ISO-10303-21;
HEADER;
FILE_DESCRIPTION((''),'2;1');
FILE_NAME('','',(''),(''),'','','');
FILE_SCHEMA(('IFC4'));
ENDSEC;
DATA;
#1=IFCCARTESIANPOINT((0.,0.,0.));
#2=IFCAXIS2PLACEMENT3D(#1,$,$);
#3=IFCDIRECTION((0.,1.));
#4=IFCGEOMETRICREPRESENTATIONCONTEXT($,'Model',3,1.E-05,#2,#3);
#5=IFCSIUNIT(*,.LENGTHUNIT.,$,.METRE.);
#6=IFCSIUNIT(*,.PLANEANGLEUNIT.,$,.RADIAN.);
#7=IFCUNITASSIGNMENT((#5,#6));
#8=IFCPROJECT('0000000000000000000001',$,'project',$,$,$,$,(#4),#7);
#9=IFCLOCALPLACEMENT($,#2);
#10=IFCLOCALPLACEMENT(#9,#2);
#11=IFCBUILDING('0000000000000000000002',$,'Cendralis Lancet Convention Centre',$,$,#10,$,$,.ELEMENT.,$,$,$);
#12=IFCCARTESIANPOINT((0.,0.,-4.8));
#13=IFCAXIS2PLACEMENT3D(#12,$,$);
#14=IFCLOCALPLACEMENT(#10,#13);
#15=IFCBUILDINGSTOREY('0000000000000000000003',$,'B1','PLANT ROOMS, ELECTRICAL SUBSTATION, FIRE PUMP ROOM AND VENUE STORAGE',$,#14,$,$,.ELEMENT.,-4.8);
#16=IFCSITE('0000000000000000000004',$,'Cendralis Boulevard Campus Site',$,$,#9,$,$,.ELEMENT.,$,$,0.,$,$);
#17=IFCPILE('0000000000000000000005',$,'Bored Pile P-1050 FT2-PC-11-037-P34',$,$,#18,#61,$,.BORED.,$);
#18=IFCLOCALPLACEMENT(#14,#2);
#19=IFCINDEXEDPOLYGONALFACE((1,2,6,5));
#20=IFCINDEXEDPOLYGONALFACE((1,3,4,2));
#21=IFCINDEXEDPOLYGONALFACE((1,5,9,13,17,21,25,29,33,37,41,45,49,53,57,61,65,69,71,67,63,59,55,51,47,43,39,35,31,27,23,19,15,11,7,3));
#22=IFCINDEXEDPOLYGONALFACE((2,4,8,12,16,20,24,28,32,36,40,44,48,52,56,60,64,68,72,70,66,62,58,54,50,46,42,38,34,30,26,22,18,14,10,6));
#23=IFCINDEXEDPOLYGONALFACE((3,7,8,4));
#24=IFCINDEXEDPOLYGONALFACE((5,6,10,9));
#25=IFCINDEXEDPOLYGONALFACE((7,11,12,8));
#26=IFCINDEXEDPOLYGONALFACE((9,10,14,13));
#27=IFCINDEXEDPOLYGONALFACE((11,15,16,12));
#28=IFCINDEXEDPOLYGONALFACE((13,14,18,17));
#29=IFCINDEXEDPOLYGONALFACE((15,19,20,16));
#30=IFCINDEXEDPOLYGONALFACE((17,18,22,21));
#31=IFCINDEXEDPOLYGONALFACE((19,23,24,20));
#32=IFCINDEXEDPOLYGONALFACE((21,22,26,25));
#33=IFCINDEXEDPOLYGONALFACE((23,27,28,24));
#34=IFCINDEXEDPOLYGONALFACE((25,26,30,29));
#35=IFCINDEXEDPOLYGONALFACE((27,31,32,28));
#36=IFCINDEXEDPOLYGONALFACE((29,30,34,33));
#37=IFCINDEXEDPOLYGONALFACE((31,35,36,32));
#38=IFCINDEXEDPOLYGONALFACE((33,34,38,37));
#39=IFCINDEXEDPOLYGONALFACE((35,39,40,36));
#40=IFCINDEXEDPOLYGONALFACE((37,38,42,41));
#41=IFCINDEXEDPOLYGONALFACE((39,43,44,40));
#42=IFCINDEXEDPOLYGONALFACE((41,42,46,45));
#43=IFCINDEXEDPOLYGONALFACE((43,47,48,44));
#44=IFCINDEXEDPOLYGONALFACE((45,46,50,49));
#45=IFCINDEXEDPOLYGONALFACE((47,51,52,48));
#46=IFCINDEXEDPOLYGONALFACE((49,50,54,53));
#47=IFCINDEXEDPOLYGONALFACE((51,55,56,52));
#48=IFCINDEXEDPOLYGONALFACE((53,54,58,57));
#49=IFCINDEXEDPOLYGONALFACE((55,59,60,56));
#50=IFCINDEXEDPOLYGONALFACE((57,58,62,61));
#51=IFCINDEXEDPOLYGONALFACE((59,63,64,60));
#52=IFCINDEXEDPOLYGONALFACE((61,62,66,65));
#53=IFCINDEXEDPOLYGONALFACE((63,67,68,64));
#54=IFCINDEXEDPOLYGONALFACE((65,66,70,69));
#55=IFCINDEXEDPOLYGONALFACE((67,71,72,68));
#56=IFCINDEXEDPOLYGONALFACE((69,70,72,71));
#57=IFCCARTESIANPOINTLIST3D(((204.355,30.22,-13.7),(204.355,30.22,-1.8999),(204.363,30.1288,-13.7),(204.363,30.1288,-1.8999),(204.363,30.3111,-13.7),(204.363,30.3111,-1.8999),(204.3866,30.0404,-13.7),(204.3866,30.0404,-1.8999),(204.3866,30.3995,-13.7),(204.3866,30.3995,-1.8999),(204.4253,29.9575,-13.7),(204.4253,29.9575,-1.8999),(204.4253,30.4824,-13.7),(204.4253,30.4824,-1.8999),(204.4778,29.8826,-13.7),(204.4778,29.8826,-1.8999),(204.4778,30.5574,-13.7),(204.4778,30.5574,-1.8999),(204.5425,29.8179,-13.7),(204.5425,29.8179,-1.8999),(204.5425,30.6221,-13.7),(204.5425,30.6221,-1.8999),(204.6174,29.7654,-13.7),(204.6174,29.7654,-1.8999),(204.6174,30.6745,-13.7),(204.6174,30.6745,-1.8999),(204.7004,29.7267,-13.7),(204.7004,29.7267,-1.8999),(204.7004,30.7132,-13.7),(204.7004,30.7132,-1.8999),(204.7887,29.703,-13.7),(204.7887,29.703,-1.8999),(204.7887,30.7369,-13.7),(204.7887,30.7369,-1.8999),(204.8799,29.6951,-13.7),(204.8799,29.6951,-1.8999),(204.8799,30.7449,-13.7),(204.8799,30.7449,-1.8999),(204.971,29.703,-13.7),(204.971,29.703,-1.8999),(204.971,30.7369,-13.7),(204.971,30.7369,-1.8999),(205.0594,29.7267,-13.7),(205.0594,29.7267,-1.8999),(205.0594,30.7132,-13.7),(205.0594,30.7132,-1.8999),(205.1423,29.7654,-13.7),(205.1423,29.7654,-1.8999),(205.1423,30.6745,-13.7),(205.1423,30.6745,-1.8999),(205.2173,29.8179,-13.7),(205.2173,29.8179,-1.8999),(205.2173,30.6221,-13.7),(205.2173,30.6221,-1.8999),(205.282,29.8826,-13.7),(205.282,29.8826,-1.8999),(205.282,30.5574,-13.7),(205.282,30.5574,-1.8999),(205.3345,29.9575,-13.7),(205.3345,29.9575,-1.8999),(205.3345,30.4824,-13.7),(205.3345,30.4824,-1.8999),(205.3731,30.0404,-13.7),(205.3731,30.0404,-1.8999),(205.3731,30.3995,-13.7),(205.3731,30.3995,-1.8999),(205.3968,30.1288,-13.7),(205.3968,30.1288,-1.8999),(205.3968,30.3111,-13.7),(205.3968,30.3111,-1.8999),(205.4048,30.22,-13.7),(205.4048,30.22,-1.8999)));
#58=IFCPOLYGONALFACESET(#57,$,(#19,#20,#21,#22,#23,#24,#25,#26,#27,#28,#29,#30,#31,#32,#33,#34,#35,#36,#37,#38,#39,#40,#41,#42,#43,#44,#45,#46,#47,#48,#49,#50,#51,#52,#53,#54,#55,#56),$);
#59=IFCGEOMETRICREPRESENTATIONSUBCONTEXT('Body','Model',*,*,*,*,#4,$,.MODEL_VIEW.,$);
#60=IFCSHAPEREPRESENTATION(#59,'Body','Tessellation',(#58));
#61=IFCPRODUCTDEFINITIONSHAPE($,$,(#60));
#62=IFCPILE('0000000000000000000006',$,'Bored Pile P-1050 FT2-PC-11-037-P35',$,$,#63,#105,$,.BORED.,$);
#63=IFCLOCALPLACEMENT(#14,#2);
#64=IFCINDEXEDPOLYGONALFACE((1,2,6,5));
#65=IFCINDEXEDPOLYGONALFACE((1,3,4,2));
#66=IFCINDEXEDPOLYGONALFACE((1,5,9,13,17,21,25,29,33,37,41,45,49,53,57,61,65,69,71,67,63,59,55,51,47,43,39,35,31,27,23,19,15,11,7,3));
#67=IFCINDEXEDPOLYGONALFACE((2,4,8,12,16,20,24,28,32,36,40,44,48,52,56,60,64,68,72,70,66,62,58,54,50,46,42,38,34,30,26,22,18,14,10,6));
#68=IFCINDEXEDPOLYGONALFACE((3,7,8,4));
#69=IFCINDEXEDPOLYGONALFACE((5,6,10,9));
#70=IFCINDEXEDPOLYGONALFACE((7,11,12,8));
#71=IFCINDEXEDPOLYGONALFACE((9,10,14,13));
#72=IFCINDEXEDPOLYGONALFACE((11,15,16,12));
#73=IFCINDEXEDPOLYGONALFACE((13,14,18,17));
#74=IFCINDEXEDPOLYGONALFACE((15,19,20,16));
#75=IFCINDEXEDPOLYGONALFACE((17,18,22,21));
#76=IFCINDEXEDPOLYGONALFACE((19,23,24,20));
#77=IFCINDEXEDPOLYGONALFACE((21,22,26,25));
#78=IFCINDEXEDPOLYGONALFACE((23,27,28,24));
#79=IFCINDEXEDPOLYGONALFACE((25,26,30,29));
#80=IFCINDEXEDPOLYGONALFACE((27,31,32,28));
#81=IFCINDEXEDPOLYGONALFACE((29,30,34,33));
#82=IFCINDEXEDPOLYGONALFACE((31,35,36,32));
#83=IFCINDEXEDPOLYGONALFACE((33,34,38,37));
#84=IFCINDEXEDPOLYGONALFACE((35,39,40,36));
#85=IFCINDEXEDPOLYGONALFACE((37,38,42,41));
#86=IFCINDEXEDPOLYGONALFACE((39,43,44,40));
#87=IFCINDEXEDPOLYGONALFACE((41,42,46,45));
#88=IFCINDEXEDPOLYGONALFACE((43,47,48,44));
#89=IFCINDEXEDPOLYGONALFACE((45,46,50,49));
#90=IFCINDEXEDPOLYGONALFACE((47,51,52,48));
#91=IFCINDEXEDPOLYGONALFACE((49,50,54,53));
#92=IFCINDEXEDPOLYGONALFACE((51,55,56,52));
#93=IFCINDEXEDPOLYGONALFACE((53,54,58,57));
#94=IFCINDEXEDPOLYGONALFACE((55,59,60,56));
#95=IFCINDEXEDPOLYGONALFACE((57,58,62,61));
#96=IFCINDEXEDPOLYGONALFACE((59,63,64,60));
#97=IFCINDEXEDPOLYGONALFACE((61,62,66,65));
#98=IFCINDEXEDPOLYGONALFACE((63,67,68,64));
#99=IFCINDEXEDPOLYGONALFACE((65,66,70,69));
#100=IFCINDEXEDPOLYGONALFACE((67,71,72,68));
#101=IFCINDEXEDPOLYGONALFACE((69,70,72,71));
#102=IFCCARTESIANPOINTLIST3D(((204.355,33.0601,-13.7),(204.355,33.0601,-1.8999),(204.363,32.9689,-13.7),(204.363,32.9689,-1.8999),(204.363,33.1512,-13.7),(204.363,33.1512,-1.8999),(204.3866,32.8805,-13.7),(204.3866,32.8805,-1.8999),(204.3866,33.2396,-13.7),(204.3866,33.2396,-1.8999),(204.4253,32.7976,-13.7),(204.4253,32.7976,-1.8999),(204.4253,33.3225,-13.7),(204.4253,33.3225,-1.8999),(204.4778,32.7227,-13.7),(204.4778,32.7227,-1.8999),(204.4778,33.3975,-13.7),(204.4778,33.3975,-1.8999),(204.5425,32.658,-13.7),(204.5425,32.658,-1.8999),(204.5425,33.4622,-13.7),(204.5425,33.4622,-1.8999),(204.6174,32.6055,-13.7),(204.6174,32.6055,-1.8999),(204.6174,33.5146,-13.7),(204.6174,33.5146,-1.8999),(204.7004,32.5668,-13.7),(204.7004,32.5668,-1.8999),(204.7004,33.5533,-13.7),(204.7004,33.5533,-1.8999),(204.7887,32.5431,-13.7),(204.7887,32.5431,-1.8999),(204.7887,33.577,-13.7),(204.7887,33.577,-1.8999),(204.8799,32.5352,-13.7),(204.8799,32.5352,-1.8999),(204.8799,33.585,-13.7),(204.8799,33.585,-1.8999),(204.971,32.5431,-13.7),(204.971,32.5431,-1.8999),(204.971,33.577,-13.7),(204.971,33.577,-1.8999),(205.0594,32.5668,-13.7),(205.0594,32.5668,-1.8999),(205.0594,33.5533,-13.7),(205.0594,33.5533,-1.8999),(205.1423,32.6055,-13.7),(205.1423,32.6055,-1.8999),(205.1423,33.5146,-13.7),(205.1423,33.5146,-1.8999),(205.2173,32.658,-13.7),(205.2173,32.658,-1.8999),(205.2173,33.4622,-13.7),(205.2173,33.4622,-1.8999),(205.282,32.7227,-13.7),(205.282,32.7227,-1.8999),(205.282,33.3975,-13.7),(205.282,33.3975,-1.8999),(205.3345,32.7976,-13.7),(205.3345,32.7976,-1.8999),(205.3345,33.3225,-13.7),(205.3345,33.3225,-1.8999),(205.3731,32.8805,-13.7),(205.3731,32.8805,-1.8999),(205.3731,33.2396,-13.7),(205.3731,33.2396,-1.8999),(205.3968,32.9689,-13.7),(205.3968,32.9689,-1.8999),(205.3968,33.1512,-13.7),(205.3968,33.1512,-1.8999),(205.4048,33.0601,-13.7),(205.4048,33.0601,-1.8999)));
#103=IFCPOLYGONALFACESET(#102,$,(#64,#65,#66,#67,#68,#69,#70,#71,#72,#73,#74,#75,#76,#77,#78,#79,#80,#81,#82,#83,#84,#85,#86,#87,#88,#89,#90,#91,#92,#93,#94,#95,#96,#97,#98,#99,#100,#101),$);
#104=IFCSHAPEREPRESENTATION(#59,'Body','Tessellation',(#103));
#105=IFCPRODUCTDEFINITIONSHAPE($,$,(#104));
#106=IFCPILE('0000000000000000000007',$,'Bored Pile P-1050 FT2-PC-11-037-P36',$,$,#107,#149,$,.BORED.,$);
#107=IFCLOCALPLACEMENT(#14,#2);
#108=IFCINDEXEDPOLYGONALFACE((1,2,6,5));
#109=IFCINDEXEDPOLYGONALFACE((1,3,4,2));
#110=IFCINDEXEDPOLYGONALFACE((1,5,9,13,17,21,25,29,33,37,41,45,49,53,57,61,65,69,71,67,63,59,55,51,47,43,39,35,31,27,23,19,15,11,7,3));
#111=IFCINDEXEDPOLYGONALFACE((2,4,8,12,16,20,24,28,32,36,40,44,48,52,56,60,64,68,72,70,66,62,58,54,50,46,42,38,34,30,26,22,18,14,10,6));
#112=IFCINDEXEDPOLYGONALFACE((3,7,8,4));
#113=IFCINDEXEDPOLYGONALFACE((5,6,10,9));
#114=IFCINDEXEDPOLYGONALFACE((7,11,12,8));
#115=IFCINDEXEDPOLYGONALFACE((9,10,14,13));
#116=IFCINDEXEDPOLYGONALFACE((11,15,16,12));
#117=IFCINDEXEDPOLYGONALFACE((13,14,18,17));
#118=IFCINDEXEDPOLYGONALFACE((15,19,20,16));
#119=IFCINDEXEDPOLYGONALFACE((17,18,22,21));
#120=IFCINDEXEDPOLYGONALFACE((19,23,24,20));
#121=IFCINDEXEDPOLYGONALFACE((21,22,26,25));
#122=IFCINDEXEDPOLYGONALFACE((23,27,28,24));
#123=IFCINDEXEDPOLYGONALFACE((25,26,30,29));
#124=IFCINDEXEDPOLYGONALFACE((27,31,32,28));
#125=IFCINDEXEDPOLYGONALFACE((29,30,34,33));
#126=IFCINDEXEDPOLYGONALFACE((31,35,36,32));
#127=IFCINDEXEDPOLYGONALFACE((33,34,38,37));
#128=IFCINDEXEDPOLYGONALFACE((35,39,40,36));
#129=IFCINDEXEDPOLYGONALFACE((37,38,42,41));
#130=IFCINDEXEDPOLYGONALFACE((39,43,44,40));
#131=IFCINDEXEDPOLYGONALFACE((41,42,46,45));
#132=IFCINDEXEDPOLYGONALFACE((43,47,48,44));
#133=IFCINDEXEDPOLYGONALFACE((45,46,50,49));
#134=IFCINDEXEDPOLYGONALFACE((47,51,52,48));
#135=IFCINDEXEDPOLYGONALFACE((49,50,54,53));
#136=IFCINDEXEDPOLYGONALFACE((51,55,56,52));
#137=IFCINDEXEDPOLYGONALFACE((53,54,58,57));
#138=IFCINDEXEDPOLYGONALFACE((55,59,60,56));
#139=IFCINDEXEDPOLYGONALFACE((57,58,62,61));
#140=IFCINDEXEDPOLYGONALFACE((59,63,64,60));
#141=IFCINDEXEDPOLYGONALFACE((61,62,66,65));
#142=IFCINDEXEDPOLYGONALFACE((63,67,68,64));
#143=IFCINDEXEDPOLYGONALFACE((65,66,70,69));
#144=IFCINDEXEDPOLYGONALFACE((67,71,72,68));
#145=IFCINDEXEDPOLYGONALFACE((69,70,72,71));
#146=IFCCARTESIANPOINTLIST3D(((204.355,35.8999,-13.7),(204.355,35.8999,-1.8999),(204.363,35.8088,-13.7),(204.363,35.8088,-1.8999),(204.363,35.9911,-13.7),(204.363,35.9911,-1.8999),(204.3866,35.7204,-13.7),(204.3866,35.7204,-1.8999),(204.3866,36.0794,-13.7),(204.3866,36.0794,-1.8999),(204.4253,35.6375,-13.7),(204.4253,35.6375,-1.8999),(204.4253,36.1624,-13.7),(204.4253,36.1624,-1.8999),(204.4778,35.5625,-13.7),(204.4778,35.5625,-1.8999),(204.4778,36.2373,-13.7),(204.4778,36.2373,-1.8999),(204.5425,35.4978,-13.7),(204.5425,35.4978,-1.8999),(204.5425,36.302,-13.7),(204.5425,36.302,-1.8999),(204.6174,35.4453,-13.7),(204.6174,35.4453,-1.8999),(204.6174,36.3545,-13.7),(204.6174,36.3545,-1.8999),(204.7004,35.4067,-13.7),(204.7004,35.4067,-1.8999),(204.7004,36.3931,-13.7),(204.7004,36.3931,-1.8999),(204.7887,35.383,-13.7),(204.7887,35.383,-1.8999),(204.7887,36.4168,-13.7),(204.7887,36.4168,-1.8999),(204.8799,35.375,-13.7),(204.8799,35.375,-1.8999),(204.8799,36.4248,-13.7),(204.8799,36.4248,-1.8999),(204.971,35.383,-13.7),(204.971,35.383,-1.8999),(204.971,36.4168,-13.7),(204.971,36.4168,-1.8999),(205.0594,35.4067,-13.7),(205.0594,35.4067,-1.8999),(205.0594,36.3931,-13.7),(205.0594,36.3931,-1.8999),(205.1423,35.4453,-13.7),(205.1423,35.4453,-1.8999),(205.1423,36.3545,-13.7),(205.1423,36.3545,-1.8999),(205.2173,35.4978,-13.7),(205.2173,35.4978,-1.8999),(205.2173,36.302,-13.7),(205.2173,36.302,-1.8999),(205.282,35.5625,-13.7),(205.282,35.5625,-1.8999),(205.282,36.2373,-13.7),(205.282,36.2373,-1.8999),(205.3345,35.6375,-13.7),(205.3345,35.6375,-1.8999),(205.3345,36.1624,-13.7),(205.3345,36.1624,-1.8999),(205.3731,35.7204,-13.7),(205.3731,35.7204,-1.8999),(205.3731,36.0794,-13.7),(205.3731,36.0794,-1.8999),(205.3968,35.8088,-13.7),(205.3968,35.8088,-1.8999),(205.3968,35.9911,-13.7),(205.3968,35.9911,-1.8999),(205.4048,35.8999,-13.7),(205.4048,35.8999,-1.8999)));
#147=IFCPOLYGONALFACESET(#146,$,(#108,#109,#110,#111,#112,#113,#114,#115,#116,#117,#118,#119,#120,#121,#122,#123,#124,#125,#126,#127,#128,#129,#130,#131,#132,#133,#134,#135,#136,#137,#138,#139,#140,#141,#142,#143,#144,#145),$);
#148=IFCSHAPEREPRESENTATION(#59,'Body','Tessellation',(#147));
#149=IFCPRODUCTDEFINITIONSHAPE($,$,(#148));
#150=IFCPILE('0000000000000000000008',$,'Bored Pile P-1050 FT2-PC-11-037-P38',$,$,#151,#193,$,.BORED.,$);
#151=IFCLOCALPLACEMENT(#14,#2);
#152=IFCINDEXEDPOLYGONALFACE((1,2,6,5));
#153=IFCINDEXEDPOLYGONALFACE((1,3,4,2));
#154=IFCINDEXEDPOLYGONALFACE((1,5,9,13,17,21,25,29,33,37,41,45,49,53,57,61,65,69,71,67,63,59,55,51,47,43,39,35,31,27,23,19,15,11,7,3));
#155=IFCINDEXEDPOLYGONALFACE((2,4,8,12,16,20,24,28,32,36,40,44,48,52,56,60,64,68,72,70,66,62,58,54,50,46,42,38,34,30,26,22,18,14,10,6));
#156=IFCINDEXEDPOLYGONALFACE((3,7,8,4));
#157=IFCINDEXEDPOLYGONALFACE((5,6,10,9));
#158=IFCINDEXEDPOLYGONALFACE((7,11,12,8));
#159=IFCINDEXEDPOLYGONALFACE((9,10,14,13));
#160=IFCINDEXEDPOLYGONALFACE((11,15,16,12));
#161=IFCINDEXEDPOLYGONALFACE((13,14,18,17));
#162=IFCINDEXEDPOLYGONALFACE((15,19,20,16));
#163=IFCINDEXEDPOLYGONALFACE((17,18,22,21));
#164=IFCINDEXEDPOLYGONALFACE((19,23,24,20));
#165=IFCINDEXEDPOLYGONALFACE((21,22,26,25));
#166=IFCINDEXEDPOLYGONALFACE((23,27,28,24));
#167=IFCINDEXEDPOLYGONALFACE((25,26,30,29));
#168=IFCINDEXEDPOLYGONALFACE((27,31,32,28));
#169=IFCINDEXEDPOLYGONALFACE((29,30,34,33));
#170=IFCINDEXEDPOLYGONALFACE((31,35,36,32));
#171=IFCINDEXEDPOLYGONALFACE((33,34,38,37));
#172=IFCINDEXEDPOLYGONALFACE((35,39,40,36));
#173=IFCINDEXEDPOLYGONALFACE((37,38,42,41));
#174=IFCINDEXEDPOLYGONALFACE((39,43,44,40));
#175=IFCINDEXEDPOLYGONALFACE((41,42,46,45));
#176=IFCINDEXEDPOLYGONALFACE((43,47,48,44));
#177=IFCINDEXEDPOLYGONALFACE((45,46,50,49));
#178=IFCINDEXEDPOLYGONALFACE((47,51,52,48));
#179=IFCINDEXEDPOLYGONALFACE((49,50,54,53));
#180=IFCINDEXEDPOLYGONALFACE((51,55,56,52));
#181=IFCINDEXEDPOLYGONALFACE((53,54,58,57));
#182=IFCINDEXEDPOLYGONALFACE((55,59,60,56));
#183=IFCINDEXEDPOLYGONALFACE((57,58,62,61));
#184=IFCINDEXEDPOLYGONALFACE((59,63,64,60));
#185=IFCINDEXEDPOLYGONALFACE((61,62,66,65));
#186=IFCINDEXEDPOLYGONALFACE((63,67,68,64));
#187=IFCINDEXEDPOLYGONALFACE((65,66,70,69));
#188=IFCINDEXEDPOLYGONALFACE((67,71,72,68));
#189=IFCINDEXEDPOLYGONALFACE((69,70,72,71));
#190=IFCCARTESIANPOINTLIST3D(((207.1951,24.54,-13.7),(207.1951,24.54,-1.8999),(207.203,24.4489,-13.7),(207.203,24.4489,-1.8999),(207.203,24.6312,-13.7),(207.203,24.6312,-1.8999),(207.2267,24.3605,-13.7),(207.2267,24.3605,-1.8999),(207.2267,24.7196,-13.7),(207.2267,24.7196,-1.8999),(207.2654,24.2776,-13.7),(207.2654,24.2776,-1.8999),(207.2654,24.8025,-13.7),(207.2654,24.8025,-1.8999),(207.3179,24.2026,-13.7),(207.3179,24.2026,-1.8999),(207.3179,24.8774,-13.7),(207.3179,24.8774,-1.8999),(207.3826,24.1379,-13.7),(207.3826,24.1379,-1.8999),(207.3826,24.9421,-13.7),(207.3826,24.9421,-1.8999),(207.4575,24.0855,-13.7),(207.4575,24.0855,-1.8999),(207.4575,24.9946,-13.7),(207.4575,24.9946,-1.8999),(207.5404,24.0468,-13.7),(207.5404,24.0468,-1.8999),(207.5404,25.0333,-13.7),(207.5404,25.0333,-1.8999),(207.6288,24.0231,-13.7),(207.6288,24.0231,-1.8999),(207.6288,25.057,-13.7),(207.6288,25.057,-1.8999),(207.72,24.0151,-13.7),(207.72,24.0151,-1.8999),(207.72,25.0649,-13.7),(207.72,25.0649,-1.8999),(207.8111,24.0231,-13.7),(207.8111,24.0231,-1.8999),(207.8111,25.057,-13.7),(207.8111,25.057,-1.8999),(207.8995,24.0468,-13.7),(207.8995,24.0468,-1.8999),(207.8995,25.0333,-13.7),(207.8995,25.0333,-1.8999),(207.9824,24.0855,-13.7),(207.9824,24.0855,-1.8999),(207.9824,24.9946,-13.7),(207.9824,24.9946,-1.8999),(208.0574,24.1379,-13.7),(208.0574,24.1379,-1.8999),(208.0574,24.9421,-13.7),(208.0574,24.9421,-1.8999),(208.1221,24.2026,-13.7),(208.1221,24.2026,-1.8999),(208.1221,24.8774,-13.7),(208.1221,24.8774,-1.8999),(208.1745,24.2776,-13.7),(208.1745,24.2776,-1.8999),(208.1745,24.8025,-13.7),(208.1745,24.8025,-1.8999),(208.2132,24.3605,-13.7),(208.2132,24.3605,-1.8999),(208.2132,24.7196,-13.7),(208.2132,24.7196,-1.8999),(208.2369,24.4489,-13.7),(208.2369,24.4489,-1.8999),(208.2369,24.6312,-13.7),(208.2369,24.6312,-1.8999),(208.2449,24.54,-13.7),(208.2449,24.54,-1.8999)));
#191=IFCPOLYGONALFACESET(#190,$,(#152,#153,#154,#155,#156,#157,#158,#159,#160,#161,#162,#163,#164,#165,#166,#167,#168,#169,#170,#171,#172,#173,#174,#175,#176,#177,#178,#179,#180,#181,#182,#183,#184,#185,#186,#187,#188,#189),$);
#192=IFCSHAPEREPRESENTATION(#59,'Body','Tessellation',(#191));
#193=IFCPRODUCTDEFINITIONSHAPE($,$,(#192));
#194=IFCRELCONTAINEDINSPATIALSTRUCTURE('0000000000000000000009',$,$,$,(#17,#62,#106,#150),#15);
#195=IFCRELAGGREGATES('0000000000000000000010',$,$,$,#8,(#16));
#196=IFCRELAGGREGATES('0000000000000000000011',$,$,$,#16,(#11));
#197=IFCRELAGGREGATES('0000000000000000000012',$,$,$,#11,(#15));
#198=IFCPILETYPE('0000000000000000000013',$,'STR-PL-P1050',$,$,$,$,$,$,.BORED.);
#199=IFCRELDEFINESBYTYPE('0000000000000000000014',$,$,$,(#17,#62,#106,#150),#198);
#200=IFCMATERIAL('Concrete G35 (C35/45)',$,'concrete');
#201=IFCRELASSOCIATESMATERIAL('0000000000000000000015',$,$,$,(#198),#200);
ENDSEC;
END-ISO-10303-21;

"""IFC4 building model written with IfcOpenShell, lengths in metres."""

from ifc_helpers import new_model, si_unit, direction, frame, origin, origin_2d, place, context, subcontext, project, spatial, circle, extrude, material, material_profile, profile_set, type_object, element, save


model = new_model("IFC4")

# Units and contexts
model_context = context("Model", 3, precision=1e-05, world=origin(), true_north=direction((0.0, 1.0)))
body_context = subcontext(model_context, "Body", "Model", "MODEL_VIEW")
ifc_project = project(units=[si_unit("LENGTHUNIT", "METRE"), si_unit("PLANEANGLEUNIT", "RADIAN")], contexts=[model_context])

# Site, building, storey
site_placement = place(None, origin())
site = spatial("IfcSite", under=ifc_project, at=site_placement, Name="Cendralis Boulevard Campus Site", CompositionType="ELEMENT", RefElevation=0.0)
building_placement = place(site_placement, origin())
building = spatial("IfcBuilding", under=site, at=building_placement, Name="Cendralis Lancet Convention Centre", CompositionType="ELEMENT")
storey_placement = place(building_placement, frame((0.0, 0.0, -4.8)))
storey = spatial("IfcBuildingStorey", under=building, at=storey_placement, Name="B1", Description="PLANT ROOMS, ELECTRICAL SUBSTATION, FIRE PUMP ROOM AND VENUE STORAGE", CompositionType="ELEMENT", Elevation=-4.8)

# Piles
ifc_material_1 = material(Name="Concrete G35 (C35/45)", Category="concrete")
ifc_material_profile_1 = material_profile(ifc_material_1, circle(Radius=0.5249, at=origin_2d()), Name="BORED PILE D1050")
ifc_profile_set_1 = profile_set([ifc_material_profile_1], Name="Concrete G35 (C35/45)")
pile_type = type_object("IfcPileType", Name="STR-PL-P1050", PredefinedType="BORED", material=ifc_profile_set_1)
for number, where, z_axis, x_axis, name in (
    (1, (204.8799, 30.22, -1.8999), (0.0, 0.0, -1.0), (1.0, 0.0, 0.0), "Bored Pile P-1050 FT2-PC-11-037-P34"),
    (2, (204.8799, 33.0601, -1.8999), (0.0, 0.0, -1.0), (1.0, 0.0, 0.0), "Bored Pile P-1050 FT2-PC-11-037-P35"),
    (3, (204.8799, 35.8999, -1.8999), (0.0, 0.0, -1.0), (1.0, 0.0, 0.0), "Bored Pile P-1050 FT2-PC-11-037-P36"),
    (4, (207.72, 24.54, -1.8999), (0.0, 0.0, -1.0), (1.0, 0.0, 0.0), "Bored Pile P-1050 FT2-PC-11-037-P38"),
):
    element("IfcPile", number, at=place(storey_placement, frame(where, z_axis=z_axis, x_axis=x_axis)), inside=storey, type_object=pile_type, Name=name, PredefinedType="BORED", context=body_context, shape_type="SweptSolid", body=[
        extrude(circle(Radius=0.5249, at=origin_2d()), origin(), (0.0, 0.0, 1.0), 11.8),
    ])

save(model, "model.ifc")
